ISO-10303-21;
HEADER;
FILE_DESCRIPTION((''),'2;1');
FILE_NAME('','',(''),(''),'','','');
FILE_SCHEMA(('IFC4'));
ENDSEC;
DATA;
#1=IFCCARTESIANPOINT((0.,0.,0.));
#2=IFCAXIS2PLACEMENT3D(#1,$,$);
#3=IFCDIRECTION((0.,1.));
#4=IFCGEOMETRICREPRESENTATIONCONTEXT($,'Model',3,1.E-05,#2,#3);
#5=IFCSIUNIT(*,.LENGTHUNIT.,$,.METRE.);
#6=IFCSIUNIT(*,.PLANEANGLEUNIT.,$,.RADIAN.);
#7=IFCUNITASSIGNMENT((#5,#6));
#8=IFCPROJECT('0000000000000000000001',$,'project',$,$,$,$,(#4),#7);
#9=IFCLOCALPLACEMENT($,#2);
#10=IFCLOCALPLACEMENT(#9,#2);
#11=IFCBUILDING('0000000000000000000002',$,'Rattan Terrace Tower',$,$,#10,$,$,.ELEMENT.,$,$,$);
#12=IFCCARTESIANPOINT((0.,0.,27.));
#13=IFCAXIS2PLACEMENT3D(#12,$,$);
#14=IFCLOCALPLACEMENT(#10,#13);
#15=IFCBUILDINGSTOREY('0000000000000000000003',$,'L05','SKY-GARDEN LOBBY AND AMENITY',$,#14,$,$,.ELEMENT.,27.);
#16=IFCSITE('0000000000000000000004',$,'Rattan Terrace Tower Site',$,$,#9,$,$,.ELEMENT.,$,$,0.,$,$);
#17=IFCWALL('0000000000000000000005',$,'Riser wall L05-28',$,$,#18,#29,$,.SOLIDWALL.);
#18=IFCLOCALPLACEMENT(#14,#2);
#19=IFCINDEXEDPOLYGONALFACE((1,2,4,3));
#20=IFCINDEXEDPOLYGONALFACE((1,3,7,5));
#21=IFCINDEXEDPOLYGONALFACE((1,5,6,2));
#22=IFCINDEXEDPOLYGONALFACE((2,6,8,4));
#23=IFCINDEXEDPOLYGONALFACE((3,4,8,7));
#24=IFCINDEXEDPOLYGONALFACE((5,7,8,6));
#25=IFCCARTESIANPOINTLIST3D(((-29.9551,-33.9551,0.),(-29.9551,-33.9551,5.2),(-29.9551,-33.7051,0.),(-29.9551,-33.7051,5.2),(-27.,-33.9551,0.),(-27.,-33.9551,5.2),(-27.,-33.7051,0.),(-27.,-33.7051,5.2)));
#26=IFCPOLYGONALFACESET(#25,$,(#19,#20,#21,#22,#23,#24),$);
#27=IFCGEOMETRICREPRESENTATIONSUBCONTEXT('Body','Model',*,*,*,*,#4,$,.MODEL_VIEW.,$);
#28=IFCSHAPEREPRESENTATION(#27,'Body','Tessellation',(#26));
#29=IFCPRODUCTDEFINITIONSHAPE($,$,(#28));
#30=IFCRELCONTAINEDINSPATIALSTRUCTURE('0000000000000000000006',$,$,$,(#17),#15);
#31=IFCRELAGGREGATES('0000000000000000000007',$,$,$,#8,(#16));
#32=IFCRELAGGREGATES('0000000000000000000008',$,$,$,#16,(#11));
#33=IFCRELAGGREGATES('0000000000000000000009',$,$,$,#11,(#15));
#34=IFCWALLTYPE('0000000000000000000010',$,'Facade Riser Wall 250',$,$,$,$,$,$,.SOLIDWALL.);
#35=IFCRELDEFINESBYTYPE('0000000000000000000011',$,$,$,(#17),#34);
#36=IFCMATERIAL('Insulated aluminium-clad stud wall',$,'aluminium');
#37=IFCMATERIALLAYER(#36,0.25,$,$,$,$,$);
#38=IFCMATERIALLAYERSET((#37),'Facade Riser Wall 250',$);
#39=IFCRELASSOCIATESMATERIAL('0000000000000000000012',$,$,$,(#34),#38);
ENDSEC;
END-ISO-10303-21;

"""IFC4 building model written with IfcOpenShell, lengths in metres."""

from ifc_helpers import new_model, si_unit, direction, frame, frame_2d, origin, place, context, subcontext, project, spatial, rectangle, extrude, material, layer, layer_set, type_object, element, save


model = new_model("IFC4")

# Units and contexts
model_context = context("Model", 3, precision=1e-05, world=origin(), true_north=direction((0.0, 1.0)))
body_context = subcontext(model_context, "Body", "Model", "MODEL_VIEW")
ifc_project = project(units=[si_unit("LENGTHUNIT", "METRE"), si_unit("PLANEANGLEUNIT", "RADIAN")], contexts=[model_context])

# Site, building, storey
site_placement = place(None, origin())
site = spatial("IfcSite", under=ifc_project, at=site_placement, Name="Rattan Terrace Tower Site", CompositionType="ELEMENT", RefElevation=0.0)
building_placement = place(site_placement, origin())
building = spatial("IfcBuilding", under=site, at=building_placement, Name="Rattan Terrace Tower", CompositionType="ELEMENT")
storey_placement = place(building_placement, frame((0.0, 0.0, 27.0)))
storey = spatial("IfcBuildingStorey", under=building, at=storey_placement, Name="L05", Description="SKY-GARDEN LOBBY AND AMENITY", CompositionType="ELEMENT", Elevation=27.0)

# Wall
ifc_material_1 = material(Name="Insulated aluminium-clad stud wall", Category="aluminium")
ifc_layer_1 = layer(ifc_material_1, 0.25)
ifc_layer_set_1 = layer_set([ifc_layer_1], Name="Facade Riser Wall 250")
wall_type_1 = type_object("IfcWallType", Name="Facade Riser Wall 250", PredefinedType="SOLIDWALL", material=ifc_layer_set_1)
wall_1_placement = place(storey_placement, frame((-29.9551, -33.8301, 0.0), z_axis=(0.0, 0.0, 1.0), x_axis=(1.0, 0.0, 0.0)))
element("IfcWall", 1, at=wall_1_placement, inside=storey, type_object=wall_type_1, Name="Riser wall L05-28", PredefinedType="SOLIDWALL", context=body_context, shape_type="SweptSolid", body=[
    extrude(rectangle(XDim=2.9551, YDim=0.25, at=frame_2d((1.4775, 0.0))), origin(), (0.0, 0.0, 1.0), 5.2),
])

save(model, "model.ifc")
